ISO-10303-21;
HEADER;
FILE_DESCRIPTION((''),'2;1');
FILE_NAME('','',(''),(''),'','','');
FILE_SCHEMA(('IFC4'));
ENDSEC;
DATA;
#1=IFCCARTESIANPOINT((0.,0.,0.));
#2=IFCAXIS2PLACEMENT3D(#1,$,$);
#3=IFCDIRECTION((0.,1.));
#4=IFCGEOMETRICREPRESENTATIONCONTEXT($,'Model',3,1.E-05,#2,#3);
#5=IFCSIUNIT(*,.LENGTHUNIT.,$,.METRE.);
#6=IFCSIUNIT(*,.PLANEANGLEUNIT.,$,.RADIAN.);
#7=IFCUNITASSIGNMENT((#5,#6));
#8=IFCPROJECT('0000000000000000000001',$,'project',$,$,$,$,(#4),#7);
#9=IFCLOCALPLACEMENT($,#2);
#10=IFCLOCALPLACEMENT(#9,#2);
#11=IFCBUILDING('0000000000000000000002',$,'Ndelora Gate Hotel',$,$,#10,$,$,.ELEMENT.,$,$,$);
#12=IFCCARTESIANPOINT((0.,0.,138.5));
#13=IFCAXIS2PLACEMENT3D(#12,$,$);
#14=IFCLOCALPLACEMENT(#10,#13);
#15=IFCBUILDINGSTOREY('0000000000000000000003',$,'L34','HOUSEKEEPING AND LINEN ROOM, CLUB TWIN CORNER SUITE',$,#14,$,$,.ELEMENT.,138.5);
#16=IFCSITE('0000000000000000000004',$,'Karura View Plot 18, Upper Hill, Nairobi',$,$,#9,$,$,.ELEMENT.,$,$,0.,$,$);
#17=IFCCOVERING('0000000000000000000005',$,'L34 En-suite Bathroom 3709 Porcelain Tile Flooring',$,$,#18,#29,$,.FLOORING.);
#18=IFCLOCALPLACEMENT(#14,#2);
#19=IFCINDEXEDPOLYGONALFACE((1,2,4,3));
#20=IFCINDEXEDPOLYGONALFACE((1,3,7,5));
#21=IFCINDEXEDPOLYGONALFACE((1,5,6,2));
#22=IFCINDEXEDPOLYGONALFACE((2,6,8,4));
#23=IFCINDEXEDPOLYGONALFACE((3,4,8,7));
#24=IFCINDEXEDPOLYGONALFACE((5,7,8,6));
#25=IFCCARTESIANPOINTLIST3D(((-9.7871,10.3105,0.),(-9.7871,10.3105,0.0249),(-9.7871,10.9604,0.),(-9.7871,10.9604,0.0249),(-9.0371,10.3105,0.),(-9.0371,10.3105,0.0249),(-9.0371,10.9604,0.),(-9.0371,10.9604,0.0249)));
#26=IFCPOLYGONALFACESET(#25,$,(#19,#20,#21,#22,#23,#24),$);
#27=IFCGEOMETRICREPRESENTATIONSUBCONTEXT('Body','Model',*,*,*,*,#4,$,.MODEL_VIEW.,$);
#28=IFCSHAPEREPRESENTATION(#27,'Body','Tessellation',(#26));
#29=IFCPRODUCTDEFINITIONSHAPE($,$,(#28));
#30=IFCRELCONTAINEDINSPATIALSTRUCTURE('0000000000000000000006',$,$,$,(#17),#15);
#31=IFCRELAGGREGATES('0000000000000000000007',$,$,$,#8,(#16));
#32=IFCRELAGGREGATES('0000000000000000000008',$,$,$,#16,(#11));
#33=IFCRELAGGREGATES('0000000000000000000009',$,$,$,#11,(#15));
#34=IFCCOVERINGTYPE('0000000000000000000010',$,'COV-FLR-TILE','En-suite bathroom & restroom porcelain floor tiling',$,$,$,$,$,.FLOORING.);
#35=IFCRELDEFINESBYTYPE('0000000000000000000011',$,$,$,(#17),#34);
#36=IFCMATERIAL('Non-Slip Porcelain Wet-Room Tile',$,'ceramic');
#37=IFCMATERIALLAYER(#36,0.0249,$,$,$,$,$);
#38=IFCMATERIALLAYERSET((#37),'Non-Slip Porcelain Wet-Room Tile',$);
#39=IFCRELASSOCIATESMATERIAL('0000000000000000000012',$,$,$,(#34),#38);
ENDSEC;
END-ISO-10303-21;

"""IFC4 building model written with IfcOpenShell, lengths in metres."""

from ifc_helpers import new_model, si_unit, direction, frame, origin, origin_2d, place, context, subcontext, project, spatial, rectangle, extrude, material, layer, layer_set, type_object, element, save


model = new_model("IFC4")

# Units and contexts
model_context = context("Model", 3, precision=1e-05, world=origin(), true_north=direction((0.0, 1.0)))
body_context = subcontext(model_context, "Body", "Model", "MODEL_VIEW")
ifc_project = project(units=[si_unit("LENGTHUNIT", "METRE"), si_unit("PLANEANGLEUNIT", "RADIAN")], contexts=[model_context])

# Site, building, storey
site_placement = place(None, origin())
site = spatial("IfcSite", under=ifc_project, at=site_placement, Name="Karura View Plot 18, Upper Hill, Nairobi", CompositionType="ELEMENT", RefElevation=0.0)
building_placement = place(site_placement, origin())
building = spatial("IfcBuilding", under=site, at=building_placement, Name="Ndelora Gate Hotel", CompositionType="ELEMENT")
storey_placement = place(building_placement, frame((0.0, 0.0, 138.5)))
storey = spatial("IfcBuildingStorey", under=building, at=storey_placement, Name="L34", Description="HOUSEKEEPING AND LINEN ROOM, CLUB TWIN CORNER SUITE", CompositionType="ELEMENT", Elevation=138.5)

# Covering
ifc_material_1 = material(Name="Non-Slip Porcelain Wet-Room Tile", Category="ceramic")
ifc_layer_1 = layer(ifc_material_1, 0.0249)
ifc_layer_set_1 = layer_set([ifc_layer_1], Name="Non-Slip Porcelain Wet-Room Tile")
covering_type_1 = type_object("IfcCoveringType", Name="COV-FLR-TILE", Description="En-suite bathroom & restroom porcelain floor tiling", PredefinedType="FLOORING", material=ifc_layer_set_1)
for number, where, z_axis, x_axis, name in (
    (1, (-9.4121, 10.6355, 0.0), (0.0, 0.0, 1.0), (1.0, 0.0, 0.0), "L34 En-suite Bathroom 3709 Porcelain Tile Flooring"),
):
    element("IfcCovering", number, at=place(storey_placement, frame(where, z_axis=z_axis, x_axis=x_axis)), inside=storey, type_object=covering_type_1, Name=name, PredefinedType="FLOORING", context=body_context, shape_type="SweptSolid", body=[
        extrude(rectangle(XDim=0.75, YDim=0.6499, at=origin_2d()), origin(), (0.0, 0.0, 1.0), 0.0249),
    ])

save(model, "model.ifc")
